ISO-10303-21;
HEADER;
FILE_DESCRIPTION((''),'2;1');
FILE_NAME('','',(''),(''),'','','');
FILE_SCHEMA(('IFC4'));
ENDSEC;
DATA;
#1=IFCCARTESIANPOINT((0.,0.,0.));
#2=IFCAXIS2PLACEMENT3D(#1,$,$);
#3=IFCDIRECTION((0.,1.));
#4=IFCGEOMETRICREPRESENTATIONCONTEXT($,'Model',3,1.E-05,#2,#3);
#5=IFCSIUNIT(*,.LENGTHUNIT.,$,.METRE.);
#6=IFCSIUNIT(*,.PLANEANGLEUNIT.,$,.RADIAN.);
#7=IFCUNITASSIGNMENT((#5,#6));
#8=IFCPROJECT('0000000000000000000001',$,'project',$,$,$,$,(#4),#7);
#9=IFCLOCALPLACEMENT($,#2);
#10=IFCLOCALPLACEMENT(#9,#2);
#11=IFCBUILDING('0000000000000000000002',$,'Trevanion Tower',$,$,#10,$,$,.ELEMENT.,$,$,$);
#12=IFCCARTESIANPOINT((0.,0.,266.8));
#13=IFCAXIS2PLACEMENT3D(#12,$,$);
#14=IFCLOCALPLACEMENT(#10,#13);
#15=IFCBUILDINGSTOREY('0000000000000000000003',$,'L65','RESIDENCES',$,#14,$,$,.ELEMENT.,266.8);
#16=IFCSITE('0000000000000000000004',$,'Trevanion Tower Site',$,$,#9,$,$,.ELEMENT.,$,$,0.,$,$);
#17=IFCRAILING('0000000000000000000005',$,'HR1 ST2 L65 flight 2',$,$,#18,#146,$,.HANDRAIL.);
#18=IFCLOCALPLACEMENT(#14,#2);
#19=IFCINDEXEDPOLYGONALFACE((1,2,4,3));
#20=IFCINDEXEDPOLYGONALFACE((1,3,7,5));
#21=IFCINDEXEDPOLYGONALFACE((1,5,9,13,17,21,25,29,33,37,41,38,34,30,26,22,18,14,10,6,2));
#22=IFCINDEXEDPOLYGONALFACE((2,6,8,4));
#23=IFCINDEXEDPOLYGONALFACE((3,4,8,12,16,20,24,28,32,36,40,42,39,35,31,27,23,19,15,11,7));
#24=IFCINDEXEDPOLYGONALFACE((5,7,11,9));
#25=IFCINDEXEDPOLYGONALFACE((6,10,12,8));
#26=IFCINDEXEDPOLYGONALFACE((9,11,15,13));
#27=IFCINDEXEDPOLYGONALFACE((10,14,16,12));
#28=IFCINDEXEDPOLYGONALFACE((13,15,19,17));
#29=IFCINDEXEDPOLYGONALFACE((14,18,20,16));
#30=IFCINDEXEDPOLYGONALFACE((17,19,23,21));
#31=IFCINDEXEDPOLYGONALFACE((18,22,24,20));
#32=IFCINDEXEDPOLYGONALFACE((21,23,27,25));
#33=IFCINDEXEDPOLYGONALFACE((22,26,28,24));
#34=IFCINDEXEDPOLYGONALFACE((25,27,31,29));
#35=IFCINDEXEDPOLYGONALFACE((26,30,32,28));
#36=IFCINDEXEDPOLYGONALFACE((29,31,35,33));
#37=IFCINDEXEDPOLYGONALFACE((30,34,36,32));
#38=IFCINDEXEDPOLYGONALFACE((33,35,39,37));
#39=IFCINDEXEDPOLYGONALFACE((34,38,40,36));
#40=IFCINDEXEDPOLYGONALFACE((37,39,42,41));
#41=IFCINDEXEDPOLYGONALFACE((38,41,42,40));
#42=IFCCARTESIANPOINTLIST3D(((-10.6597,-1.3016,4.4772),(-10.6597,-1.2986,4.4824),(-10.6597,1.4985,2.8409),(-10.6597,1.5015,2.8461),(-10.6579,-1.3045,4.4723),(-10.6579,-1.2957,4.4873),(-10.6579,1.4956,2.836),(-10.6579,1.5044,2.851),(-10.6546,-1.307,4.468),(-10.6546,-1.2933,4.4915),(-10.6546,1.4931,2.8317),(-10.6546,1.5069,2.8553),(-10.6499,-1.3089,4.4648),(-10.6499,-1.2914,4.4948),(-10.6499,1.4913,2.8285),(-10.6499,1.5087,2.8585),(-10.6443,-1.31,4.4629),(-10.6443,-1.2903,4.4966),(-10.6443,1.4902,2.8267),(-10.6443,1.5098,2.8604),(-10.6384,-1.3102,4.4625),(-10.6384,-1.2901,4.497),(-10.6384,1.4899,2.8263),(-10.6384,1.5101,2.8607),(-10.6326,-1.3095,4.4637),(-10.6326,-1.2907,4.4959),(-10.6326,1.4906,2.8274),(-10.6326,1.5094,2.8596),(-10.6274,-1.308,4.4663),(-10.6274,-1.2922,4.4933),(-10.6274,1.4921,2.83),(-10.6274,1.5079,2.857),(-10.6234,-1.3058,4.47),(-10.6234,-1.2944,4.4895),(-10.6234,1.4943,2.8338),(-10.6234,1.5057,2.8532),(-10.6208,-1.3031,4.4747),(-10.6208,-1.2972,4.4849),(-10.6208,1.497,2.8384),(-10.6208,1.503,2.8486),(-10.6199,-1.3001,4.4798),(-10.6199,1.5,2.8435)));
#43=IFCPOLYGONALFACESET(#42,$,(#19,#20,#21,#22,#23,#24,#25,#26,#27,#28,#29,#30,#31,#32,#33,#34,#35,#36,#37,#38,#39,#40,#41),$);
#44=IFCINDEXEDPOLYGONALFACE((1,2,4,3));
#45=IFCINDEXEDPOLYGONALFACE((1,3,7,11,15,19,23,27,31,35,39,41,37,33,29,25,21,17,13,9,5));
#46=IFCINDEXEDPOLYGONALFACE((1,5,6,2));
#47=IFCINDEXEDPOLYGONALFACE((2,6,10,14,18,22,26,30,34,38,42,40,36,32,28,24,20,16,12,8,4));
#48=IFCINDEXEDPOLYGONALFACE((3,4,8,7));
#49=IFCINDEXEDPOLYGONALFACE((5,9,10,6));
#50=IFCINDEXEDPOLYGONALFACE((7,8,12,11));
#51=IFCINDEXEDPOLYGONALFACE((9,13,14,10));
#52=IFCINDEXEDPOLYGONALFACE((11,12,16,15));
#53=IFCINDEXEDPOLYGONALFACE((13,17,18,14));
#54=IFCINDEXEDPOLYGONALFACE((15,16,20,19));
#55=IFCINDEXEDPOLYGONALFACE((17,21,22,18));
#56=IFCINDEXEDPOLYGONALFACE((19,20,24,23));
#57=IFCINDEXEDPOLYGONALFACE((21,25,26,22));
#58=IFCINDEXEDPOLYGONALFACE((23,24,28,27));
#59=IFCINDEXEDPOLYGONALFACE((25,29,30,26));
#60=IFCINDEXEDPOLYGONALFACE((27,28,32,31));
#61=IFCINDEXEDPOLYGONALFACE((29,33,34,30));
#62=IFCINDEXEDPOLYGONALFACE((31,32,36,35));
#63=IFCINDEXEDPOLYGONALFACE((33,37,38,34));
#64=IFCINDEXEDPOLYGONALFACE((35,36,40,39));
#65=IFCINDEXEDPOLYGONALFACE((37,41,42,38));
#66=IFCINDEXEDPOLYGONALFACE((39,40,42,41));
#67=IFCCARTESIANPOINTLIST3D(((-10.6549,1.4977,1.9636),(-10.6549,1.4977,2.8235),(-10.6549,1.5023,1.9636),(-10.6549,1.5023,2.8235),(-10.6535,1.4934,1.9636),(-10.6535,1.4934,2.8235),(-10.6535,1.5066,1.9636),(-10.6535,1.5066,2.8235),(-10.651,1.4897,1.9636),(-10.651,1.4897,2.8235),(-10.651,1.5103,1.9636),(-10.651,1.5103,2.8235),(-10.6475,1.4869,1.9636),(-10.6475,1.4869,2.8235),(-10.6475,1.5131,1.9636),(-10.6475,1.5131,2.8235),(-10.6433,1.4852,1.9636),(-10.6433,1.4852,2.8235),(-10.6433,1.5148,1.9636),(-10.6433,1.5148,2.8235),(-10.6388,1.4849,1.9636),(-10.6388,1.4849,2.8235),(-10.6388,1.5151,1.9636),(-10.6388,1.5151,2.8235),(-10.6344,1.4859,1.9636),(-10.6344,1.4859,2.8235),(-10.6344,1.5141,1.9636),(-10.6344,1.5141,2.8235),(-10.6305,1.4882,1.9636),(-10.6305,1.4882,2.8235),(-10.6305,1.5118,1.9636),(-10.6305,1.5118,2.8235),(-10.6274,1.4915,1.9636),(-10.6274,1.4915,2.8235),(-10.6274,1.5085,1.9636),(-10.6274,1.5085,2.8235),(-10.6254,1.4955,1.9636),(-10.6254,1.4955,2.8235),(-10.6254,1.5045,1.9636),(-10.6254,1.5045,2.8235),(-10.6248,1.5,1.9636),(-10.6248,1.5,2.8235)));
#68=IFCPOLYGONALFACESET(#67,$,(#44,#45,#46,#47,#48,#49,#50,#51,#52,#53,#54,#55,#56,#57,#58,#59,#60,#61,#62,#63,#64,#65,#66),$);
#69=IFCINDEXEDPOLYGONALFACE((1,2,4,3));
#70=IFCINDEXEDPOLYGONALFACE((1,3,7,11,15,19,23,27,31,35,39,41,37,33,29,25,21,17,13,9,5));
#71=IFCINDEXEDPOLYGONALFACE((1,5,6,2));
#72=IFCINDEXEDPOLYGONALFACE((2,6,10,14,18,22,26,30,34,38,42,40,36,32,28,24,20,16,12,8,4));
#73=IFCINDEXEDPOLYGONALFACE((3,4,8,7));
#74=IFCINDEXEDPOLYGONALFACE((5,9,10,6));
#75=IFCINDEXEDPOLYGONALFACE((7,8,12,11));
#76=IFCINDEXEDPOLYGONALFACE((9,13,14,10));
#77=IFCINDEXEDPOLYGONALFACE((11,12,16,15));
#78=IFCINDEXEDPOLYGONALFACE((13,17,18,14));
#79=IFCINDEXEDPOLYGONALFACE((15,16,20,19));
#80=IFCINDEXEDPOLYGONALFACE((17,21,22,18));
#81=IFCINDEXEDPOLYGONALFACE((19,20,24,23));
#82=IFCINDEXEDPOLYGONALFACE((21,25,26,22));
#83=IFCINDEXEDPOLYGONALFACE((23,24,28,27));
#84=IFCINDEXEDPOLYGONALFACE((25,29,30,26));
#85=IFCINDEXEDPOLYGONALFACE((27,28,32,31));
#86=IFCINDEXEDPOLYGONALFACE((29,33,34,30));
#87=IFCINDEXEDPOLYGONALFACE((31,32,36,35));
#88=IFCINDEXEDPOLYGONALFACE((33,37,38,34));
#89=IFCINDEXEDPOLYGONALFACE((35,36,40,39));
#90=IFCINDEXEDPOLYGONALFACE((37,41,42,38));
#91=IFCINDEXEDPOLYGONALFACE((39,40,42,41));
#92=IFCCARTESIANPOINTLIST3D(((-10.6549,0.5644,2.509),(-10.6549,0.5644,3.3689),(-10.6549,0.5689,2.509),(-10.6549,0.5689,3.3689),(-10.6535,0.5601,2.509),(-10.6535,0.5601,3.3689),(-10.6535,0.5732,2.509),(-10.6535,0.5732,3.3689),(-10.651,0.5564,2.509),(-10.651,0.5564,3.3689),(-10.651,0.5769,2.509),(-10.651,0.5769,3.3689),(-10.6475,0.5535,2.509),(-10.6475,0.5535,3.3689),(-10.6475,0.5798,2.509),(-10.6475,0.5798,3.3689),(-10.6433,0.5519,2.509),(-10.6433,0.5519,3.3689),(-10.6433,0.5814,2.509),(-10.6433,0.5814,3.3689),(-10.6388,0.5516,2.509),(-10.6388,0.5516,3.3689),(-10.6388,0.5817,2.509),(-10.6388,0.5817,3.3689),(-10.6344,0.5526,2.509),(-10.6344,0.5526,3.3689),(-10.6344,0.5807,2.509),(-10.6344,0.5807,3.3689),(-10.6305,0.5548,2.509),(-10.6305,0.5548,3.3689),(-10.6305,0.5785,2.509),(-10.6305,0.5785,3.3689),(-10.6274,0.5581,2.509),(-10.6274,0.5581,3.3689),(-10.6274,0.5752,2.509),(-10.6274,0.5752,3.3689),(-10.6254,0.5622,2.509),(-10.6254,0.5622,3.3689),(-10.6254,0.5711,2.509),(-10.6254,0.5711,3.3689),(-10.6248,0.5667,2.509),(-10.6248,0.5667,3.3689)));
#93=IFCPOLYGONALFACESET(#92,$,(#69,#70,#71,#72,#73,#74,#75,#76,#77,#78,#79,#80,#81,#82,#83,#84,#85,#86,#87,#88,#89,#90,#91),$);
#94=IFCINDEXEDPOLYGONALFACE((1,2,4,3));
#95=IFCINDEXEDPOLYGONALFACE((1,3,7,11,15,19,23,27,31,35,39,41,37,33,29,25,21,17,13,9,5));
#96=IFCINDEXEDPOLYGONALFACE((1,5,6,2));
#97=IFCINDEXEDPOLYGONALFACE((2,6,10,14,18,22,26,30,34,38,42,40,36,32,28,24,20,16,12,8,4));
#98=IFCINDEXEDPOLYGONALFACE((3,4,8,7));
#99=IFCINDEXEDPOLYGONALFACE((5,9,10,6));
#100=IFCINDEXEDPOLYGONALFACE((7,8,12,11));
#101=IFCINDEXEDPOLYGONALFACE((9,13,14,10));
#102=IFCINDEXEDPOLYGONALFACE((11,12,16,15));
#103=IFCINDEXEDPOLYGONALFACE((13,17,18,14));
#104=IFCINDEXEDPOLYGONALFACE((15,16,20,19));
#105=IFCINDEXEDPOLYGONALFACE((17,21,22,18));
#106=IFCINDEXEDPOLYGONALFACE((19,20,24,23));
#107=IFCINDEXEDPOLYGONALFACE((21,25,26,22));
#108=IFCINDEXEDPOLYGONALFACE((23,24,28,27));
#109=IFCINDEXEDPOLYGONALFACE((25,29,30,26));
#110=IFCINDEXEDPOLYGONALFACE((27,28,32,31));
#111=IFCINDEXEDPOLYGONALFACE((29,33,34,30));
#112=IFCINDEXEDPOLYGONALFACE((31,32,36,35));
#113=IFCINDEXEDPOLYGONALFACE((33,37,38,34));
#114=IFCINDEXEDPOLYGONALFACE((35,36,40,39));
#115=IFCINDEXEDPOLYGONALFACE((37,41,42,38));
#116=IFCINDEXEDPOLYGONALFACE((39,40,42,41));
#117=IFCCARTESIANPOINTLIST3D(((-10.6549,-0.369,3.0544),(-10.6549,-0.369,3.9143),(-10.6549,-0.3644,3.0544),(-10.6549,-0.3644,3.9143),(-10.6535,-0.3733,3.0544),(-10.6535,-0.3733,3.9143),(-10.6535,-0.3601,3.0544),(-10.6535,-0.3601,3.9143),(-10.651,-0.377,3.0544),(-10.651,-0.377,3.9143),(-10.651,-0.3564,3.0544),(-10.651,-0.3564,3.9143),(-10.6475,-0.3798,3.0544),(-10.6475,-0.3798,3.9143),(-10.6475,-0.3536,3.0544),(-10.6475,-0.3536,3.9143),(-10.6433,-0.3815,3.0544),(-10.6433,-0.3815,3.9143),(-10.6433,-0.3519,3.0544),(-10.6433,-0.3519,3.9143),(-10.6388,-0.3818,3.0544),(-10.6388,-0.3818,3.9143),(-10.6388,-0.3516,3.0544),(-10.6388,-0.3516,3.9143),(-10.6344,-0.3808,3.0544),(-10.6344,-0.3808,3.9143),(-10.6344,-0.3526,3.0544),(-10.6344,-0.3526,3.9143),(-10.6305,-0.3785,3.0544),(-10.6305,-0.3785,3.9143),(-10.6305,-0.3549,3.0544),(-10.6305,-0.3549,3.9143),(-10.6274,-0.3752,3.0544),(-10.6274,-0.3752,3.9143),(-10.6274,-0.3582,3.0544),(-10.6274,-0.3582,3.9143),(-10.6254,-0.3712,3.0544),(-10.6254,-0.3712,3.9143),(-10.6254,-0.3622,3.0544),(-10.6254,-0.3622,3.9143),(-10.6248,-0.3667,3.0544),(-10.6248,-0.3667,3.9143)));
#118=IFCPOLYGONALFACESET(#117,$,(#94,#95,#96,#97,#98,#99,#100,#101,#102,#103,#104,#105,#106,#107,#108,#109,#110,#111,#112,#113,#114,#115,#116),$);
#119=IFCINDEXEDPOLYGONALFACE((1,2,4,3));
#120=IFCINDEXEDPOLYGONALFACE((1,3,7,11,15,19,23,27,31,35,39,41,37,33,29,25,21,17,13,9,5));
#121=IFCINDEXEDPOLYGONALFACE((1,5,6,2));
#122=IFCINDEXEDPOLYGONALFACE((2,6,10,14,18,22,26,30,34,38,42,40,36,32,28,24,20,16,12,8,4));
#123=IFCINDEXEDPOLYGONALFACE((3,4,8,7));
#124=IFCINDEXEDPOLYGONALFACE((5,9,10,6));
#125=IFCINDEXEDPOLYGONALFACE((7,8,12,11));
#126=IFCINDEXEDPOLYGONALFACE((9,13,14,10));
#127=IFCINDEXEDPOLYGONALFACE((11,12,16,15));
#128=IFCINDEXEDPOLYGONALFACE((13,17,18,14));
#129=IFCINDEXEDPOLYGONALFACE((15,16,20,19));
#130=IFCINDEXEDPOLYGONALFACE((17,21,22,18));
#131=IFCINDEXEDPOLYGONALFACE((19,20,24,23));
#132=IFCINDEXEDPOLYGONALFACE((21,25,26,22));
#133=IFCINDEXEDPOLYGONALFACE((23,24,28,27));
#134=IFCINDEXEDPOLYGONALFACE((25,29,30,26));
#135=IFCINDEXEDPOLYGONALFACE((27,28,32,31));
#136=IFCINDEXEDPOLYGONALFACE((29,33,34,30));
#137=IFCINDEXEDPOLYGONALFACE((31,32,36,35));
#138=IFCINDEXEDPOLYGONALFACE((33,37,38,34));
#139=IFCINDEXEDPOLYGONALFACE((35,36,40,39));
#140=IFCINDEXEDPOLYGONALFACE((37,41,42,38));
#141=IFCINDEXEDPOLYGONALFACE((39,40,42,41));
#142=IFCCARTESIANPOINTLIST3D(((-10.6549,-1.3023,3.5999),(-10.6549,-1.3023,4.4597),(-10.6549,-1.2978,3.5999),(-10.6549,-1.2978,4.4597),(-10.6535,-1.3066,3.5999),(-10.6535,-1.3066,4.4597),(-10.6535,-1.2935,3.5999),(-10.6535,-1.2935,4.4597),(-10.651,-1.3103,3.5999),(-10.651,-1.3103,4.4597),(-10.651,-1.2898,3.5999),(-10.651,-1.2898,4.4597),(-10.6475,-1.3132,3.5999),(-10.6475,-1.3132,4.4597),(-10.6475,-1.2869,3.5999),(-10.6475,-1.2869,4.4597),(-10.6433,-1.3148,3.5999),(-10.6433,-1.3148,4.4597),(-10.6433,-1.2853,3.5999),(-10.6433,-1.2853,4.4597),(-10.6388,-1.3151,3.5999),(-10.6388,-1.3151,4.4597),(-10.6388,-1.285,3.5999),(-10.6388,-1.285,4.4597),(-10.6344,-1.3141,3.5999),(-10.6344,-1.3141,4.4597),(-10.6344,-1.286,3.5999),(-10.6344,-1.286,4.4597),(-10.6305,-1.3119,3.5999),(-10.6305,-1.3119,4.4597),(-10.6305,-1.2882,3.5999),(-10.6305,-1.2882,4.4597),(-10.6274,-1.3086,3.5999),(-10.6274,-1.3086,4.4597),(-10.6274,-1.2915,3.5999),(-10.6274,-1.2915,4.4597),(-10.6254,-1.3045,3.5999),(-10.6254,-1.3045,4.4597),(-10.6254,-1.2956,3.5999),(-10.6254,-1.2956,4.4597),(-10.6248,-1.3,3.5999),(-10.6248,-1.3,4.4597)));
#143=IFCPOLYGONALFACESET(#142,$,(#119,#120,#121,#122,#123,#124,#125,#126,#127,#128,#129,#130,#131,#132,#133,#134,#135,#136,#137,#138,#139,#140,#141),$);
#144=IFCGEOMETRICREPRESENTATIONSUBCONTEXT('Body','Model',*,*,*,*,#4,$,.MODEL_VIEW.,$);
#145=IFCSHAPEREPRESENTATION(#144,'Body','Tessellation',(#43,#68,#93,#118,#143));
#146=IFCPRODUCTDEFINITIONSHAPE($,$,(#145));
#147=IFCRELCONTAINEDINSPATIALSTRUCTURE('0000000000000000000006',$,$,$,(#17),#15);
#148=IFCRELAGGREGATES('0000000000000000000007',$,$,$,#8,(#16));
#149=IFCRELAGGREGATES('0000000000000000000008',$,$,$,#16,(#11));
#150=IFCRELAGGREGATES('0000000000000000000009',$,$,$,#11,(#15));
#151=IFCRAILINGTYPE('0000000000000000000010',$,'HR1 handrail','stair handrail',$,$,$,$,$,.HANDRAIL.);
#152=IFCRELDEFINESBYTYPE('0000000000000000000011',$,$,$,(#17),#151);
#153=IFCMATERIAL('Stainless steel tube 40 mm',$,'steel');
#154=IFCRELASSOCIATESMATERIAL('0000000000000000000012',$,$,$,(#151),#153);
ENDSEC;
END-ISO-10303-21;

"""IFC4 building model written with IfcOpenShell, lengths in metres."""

from ifc_helpers import new_model, si_unit, direction, frame, origin, origin_2d, place, context, subcontext, project, spatial, circle, extrude, material, type_object, element, save


model = new_model("IFC4")

# Units and contexts
model_context = context("Model", 3, precision=1e-05, world=origin(), true_north=direction((0.0, 1.0)))
body_context = subcontext(model_context, "Body", "Model", "MODEL_VIEW")
ifc_project = project(units=[si_unit("LENGTHUNIT", "METRE"), si_unit("PLANEANGLEUNIT", "RADIAN")], contexts=[model_context])

# Site, building, storey
site_placement = place(None, origin())
site = spatial("IfcSite", under=ifc_project, at=site_placement, Name="Trevanion Tower Site", CompositionType="ELEMENT", RefElevation=0.0)
building_placement = place(site_placement, origin())
building = spatial("IfcBuilding", under=site, at=building_placement, Name="Trevanion Tower", CompositionType="ELEMENT")
storey_placement = place(building_placement, frame((0.0, 0.0, 266.8)))
storey = spatial("IfcBuildingStorey", under=building, at=storey_placement, Name="L65", Description="RESIDENCES", CompositionType="ELEMENT", Elevation=266.8)

# Railing
ifc_material_1 = material(Name="Stainless steel tube 40 mm", Category="steel")
railing_type = type_object("IfcRailingType", Name="HR1 handrail", Description="stair handrail", PredefinedType="HANDRAIL", material=ifc_material_1)
for number, where, name in (
    (1, (-10.6399, 1.5, 1.9636), "HR1 ST2 L65 flight 2"),
):
    element("IfcRailing", number, at=place(storey_placement, frame(where)), inside=storey, type_object=railing_type, Name=name, PredefinedType="HANDRAIL", context=body_context, shape_type="SweptSolid", body=[
        extrude(circle(Radius=0.02, at=origin_2d()), frame((0.0, 0.0, 0.8799), z_axis=(0.0, -0.863394, 0.504531), x_axis=(1.0, 0.0, 0.0)), (0.0, 0.0, 1.0), 3.2432),
        extrude(circle(Radius=0.0151, at=origin_2d()), origin(), (0.0, 0.0, 1.0), 0.8599),
        extrude(circle(Radius=0.0151, at=origin_2d()), frame((0.0, -0.9333, 0.5454)), (0.0, 0.0, 1.0), 0.8599),
        extrude(circle(Radius=0.0151, at=origin_2d()), frame((0.0, -1.8667, 1.0908)), (0.0, 0.0, 1.0), 0.8599),
        extrude(circle(Radius=0.0151, at=origin_2d()), frame((0.0, -2.8, 1.6362)), (0.0, 0.0, 1.0), 0.8599),
    ])

save(model, "model.ifc")
